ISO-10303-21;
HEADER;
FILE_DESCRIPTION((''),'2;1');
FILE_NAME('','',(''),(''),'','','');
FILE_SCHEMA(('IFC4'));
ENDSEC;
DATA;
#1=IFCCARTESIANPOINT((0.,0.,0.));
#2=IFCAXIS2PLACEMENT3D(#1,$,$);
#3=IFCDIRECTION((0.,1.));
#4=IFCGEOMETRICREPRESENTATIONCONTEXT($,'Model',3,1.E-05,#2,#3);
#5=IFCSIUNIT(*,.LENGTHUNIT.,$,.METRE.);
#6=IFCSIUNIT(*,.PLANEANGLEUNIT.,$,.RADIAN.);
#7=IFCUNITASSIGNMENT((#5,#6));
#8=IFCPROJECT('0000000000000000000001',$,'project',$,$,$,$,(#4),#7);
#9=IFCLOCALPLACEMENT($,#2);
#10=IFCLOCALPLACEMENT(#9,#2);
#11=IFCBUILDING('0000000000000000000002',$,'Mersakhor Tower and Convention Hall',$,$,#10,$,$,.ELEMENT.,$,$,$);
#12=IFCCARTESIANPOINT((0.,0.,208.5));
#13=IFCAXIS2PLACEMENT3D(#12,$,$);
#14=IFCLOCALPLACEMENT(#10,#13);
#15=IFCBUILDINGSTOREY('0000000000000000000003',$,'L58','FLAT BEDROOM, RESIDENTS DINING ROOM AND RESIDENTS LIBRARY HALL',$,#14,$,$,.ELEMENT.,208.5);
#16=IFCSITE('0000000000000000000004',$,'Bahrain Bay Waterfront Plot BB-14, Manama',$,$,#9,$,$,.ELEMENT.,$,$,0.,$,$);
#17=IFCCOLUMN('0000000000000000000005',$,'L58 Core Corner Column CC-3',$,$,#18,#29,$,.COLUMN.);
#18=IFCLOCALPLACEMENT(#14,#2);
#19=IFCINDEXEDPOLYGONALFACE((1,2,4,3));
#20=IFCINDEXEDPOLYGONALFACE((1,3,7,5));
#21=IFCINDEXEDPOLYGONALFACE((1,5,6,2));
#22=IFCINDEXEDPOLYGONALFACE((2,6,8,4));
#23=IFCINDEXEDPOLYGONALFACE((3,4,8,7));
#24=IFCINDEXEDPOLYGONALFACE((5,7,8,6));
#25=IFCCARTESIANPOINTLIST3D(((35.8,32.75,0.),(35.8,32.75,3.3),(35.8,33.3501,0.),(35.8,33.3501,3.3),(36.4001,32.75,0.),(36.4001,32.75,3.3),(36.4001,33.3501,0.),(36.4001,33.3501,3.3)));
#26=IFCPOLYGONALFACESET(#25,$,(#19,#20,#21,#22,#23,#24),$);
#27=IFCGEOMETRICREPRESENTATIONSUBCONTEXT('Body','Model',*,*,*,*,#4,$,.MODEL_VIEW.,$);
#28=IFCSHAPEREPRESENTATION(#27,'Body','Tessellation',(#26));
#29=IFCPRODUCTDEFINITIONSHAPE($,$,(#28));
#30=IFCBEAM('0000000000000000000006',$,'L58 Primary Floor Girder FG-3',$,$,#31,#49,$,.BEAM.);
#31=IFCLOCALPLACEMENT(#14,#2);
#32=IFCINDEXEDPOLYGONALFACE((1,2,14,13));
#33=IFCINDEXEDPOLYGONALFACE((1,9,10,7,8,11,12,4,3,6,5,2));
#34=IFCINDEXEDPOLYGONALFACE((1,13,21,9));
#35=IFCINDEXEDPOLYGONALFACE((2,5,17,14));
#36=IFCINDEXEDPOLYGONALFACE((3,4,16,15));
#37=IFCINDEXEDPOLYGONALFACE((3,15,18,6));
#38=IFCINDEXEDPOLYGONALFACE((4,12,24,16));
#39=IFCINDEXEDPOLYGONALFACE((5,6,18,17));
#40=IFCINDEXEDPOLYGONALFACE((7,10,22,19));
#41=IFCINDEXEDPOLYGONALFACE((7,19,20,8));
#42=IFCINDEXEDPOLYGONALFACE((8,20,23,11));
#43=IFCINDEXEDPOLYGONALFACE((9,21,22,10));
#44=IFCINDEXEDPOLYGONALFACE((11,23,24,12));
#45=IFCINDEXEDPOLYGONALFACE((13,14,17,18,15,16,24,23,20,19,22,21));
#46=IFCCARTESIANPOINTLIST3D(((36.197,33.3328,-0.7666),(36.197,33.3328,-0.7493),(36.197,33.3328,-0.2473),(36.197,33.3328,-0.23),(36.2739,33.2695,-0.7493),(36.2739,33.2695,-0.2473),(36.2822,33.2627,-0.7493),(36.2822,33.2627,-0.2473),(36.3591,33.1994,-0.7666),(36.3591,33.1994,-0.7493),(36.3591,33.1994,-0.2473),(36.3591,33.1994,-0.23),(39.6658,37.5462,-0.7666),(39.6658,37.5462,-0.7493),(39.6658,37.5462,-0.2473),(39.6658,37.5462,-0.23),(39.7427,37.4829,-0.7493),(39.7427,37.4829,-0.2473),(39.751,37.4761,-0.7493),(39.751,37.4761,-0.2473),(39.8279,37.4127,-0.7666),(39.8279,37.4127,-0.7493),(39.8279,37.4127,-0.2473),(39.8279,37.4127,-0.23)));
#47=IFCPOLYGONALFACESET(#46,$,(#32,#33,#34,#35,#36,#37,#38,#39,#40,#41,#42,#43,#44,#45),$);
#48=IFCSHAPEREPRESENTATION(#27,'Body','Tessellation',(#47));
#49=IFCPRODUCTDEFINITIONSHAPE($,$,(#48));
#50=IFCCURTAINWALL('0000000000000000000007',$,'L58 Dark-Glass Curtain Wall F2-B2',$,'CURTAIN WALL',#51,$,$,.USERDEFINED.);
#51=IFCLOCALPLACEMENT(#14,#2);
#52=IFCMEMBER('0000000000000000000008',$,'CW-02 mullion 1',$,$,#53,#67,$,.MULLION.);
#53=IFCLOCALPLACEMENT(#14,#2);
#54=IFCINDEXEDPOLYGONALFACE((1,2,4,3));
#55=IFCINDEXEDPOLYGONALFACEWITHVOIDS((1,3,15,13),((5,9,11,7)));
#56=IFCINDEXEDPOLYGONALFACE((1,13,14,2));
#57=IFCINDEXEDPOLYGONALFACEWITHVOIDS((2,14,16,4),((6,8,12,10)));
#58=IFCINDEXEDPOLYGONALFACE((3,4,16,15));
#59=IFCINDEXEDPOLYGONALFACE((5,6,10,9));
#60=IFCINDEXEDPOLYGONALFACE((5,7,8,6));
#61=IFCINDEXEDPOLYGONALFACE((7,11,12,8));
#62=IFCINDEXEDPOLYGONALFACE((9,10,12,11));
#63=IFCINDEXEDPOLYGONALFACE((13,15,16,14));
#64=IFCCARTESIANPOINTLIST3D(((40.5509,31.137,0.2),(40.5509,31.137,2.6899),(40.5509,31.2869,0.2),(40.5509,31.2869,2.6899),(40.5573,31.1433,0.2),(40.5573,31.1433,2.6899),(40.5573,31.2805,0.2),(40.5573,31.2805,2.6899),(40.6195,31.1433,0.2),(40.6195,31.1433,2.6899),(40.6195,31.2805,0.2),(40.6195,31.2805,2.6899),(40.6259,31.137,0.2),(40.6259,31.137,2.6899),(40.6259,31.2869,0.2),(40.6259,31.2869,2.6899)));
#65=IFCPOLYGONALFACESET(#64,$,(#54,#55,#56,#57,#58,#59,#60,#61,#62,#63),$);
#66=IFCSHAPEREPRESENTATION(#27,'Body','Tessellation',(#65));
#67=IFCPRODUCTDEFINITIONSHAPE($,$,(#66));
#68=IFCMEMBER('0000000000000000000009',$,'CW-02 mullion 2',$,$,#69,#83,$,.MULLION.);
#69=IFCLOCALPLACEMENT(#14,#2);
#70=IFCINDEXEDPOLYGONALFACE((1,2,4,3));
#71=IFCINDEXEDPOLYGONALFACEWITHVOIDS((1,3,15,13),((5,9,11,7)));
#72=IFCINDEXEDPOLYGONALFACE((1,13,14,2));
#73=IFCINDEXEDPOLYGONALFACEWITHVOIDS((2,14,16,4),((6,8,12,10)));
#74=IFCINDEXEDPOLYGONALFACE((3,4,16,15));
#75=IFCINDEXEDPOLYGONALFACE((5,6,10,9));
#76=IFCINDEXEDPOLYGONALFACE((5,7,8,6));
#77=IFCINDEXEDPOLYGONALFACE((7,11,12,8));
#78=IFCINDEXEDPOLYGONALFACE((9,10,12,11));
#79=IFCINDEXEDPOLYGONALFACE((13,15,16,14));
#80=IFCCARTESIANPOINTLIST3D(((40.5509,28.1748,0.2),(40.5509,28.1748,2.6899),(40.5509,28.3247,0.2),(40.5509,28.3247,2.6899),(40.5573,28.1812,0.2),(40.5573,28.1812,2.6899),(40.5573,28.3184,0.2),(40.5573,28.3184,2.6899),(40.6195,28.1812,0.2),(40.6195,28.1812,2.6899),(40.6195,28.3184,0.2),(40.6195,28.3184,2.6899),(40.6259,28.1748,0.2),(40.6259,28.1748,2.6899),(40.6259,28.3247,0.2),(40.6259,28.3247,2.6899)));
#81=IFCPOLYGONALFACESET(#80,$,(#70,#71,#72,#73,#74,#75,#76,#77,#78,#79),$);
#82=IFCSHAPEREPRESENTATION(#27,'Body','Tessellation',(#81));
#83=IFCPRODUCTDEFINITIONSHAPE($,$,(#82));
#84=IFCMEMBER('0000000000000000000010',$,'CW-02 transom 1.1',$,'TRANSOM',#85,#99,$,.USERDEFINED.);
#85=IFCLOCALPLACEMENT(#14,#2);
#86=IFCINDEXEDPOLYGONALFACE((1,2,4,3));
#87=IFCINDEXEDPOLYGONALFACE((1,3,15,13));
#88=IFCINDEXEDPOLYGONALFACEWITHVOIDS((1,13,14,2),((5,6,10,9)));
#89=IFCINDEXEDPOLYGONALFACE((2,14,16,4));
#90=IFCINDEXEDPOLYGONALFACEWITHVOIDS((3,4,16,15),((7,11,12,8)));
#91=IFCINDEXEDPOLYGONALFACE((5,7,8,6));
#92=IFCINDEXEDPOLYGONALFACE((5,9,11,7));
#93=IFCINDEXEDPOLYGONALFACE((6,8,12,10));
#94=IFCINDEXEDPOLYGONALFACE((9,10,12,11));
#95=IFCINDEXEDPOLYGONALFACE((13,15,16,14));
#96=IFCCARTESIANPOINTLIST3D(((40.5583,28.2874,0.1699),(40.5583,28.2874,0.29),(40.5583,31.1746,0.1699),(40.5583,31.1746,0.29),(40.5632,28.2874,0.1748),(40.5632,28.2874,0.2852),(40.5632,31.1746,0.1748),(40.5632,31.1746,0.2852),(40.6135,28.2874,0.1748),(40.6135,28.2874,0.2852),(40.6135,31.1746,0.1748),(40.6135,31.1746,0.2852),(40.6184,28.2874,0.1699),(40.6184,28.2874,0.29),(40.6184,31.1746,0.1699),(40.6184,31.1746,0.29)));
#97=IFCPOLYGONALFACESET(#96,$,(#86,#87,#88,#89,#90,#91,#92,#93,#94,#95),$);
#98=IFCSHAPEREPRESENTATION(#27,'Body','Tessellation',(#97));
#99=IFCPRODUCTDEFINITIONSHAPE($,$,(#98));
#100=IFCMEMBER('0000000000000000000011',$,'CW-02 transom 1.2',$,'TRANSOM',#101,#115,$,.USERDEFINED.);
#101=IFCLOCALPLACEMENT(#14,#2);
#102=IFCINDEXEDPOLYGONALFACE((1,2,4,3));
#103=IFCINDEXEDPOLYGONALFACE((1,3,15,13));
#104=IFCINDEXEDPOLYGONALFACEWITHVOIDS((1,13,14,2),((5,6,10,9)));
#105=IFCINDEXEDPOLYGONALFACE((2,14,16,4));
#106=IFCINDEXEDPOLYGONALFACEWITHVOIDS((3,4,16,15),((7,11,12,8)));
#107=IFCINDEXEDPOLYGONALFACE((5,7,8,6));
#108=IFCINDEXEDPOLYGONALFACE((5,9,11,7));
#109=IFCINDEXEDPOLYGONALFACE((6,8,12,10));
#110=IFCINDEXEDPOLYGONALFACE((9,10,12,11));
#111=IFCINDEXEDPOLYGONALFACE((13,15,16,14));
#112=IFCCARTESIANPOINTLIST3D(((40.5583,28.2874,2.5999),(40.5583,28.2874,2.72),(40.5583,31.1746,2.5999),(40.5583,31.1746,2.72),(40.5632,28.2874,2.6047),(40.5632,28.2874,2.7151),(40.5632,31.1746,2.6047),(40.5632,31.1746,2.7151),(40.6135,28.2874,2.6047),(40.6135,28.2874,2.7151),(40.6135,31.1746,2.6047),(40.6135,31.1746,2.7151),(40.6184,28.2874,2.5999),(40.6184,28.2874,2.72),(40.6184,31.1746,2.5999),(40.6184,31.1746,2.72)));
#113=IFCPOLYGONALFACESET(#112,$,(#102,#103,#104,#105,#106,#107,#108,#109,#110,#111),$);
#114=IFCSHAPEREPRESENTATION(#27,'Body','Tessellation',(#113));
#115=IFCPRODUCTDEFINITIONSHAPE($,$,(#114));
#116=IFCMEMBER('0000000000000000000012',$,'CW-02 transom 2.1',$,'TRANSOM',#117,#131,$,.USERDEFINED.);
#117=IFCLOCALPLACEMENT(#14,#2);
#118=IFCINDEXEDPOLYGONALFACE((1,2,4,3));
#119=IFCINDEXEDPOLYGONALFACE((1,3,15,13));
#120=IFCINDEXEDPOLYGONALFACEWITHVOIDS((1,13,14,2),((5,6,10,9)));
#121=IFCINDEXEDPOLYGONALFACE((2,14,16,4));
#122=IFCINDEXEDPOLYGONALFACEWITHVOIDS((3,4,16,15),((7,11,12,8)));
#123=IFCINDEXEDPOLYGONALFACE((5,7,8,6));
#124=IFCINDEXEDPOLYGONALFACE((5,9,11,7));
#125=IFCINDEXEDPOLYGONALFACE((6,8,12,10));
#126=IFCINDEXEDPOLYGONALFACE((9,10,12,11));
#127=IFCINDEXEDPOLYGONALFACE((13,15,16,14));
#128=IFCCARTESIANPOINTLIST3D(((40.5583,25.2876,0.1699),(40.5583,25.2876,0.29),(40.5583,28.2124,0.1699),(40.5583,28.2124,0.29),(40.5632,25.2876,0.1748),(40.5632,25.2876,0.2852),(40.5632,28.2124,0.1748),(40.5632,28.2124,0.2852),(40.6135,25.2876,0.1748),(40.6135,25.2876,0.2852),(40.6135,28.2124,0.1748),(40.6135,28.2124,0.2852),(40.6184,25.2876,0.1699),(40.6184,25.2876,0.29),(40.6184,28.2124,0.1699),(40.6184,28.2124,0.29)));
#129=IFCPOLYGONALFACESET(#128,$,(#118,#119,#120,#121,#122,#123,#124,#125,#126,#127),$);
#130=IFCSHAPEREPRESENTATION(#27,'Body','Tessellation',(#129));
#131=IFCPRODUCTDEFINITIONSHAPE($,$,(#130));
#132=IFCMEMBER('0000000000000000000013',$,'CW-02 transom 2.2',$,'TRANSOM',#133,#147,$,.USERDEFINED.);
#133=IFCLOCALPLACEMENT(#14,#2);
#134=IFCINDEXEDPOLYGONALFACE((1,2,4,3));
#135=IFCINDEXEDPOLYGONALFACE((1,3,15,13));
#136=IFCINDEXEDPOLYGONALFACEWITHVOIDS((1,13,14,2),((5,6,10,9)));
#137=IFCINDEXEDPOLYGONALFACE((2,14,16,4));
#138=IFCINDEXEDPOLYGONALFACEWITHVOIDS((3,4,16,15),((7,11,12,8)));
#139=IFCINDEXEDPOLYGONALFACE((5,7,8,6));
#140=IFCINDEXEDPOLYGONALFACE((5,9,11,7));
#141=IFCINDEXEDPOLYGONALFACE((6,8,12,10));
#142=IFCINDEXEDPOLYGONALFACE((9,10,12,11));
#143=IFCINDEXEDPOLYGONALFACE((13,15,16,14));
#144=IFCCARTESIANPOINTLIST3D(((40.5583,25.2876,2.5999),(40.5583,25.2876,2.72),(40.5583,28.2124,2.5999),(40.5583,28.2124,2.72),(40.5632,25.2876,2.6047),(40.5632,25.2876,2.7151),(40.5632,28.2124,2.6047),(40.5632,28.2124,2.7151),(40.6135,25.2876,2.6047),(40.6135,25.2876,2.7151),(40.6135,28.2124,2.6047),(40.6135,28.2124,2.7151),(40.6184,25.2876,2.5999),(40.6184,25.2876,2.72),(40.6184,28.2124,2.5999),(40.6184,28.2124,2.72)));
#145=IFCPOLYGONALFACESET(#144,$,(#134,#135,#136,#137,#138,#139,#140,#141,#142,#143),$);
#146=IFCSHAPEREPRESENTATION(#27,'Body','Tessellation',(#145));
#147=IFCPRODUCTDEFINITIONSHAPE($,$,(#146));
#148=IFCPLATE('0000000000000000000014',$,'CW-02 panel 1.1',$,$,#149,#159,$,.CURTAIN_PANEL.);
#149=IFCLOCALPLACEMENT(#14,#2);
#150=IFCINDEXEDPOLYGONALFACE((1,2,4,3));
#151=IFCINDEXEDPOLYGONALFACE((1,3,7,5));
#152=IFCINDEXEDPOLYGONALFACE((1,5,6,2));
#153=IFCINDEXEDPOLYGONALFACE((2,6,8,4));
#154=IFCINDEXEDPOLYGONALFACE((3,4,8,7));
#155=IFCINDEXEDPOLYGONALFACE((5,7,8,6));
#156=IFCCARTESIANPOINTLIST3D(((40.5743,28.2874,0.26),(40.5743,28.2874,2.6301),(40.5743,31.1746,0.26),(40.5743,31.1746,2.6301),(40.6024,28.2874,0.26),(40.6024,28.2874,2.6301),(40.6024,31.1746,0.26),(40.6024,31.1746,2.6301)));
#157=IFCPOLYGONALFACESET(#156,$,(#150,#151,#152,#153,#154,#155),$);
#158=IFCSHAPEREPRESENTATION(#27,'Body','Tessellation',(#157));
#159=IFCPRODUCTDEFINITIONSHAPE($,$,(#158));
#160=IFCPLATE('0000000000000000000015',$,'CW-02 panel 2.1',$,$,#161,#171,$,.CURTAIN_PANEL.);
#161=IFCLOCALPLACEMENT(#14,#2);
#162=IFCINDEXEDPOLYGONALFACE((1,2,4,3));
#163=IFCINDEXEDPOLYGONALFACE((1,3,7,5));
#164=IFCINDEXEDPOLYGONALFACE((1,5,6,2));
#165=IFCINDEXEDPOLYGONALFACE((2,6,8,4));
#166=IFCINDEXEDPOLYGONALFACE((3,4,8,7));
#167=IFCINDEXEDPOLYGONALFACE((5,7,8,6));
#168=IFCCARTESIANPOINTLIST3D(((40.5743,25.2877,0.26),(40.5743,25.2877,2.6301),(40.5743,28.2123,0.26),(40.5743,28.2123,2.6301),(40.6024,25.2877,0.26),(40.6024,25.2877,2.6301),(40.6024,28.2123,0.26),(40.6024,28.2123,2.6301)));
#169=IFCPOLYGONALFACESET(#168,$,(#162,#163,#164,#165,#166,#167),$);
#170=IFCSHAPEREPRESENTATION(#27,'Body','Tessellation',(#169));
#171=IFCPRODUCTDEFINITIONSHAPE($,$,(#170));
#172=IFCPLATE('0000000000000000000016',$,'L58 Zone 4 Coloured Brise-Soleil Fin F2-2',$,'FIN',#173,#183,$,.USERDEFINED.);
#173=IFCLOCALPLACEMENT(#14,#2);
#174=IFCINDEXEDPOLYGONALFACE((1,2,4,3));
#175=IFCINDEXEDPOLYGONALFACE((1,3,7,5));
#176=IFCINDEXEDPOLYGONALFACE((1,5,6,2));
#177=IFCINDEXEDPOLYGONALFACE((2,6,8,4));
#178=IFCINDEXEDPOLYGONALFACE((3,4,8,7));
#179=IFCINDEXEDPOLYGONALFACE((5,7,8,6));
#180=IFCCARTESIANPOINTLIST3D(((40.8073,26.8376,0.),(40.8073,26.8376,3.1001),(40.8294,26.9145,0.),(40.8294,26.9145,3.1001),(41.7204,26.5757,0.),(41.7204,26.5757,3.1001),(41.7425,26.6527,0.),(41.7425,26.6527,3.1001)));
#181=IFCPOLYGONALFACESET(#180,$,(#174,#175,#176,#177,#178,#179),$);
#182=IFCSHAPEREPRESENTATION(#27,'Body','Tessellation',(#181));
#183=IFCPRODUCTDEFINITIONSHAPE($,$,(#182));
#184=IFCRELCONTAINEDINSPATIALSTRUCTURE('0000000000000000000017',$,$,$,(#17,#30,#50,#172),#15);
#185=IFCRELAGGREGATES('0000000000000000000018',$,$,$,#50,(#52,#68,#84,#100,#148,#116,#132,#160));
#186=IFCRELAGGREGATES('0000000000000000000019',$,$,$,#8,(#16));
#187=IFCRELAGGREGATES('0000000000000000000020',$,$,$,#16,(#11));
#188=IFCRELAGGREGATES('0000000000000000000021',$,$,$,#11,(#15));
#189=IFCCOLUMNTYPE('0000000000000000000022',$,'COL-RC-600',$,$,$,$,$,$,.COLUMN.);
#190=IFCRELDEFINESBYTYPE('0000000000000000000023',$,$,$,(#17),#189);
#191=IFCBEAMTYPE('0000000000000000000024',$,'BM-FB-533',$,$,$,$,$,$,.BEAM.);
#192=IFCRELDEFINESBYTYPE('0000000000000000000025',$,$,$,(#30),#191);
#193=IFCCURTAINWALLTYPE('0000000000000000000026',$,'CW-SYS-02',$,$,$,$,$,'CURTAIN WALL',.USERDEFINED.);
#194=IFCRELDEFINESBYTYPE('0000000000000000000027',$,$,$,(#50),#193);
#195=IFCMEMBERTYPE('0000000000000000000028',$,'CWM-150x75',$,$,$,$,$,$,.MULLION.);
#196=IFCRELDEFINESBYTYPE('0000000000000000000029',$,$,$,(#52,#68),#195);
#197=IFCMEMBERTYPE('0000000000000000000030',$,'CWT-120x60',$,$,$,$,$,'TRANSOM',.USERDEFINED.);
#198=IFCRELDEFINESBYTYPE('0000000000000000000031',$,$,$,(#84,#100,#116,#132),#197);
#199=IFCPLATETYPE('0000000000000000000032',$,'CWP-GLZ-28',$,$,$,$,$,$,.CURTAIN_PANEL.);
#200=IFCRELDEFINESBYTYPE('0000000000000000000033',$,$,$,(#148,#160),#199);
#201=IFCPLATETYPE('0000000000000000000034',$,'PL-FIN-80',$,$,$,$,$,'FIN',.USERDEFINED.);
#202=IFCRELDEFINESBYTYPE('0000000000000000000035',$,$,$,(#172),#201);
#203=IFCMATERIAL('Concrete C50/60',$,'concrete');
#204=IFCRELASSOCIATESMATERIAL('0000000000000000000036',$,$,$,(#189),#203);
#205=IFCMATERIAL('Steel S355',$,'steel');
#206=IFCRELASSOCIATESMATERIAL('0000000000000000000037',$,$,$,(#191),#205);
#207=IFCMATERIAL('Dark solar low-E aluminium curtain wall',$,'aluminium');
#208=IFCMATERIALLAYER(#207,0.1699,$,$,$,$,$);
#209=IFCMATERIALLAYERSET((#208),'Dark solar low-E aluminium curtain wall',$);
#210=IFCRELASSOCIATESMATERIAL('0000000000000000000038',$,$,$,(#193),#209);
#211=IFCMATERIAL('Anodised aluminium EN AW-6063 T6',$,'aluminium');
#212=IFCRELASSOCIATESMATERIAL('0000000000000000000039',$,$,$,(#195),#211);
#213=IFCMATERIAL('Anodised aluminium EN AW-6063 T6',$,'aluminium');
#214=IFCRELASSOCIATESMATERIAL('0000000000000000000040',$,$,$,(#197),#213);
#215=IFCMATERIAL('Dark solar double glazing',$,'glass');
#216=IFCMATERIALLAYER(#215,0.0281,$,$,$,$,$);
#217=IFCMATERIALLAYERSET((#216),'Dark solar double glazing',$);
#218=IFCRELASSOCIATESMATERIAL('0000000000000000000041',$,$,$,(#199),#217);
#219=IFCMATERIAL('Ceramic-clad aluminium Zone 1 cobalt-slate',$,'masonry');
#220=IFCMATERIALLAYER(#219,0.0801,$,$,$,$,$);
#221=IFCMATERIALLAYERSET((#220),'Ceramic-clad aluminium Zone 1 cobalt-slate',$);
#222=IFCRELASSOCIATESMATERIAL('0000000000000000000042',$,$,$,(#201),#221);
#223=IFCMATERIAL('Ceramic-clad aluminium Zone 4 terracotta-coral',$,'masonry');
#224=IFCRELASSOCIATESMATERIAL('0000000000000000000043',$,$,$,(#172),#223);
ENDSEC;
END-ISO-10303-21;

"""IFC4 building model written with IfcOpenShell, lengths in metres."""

from ifc_helpers import new_model, si_unit, direction, frame, origin, origin_2d, place, context, subcontext, project, spatial, rectangle, hollow_rectangle, i_section, extrude, material, layer, layer_set, material_profile, profile_set, type_object, element, aggregate, save


model = new_model("IFC4")

# Units and contexts
model_context = context("Model", 3, precision=1e-05, world=origin(), true_north=direction((0.0, 1.0)))
body_context = subcontext(model_context, "Body", "Model", "MODEL_VIEW")
ifc_project = project(units=[si_unit("LENGTHUNIT", "METRE"), si_unit("PLANEANGLEUNIT", "RADIAN")], contexts=[model_context])

# Site, building, storey
site_placement = place(None, origin())
site = spatial("IfcSite", under=ifc_project, at=site_placement, Name="Bahrain Bay Waterfront Plot BB-14, Manama", CompositionType="ELEMENT", RefElevation=0.0)
building_placement = place(site_placement, origin())
building = spatial("IfcBuilding", under=site, at=building_placement, Name="Mersakhor Tower and Convention Hall", CompositionType="ELEMENT")
storey_placement = place(building_placement, frame((0.0, 0.0, 208.5)))
storey = spatial("IfcBuildingStorey", under=building, at=storey_placement, Name="L58", Description="FLAT BEDROOM, RESIDENTS DINING ROOM AND RESIDENTS LIBRARY HALL", CompositionType="ELEMENT", Elevation=208.5)

# Column
ifc_material_1 = material(Name="Concrete C50/60", Category="concrete")
ifc_material_profile_1 = material_profile(ifc_material_1, rectangle(XDim=0.6001, YDim=0.6001, at=origin_2d()), Name="RC 600x600")
ifc_profile_set_1 = profile_set([ifc_material_profile_1], Name="Concrete C50/60")
column_type = type_object("IfcColumnType", Name="COL-RC-600", PredefinedType="COLUMN", material=ifc_profile_set_1)
column_placement = place(storey_placement, frame((36.1001, 33.05, 0.0), z_axis=(0.0, 0.0, 1.0), x_axis=(1.0, 0.0, 0.0)))
element("IfcColumn", 1, at=column_placement, inside=storey, type_object=column_type, Name="L58 Core Corner Column CC-3", PredefinedType="COLUMN", context=body_context, shape_type="SweptSolid", body=[
    extrude(rectangle(XDim=0.6001, YDim=0.6001, at=origin_2d()), origin(), (0.0, 0.0, 1.0), 3.3),
])

# Beam
ifc_material_2 = material(Name="Steel S355", Category="steel")
ifc_material_profile_2 = material_profile(ifc_material_2, i_section(OverallWidth=0.21, OverallDepth=0.5366, WebThickness=0.0107, FlangeThickness=0.0173, at=origin_2d()), Name="UB 533x210x101")
ifc_profile_set_2 = profile_set([ifc_material_profile_2], Name="Steel S355")
beam_type = type_object("IfcBeamType", Name="BM-FB-533", PredefinedType="BEAM", material=ifc_profile_set_2)
beam_placement = place(storey_placement, frame((36.2781, 33.2661, -0.4983), z_axis=(0.635588, 0.772028, 0.0), x_axis=(-0.772028, 0.635588, 0.0)))
element("IfcBeam", 2, at=beam_placement, inside=storey, type_object=beam_type, Name="L58 Primary Floor Girder FG-3", PredefinedType="BEAM", context=body_context, shape_type="SweptSolid", body=[
    extrude(i_section(OverallWidth=0.21, OverallDepth=0.5366, WebThickness=0.0107, FlangeThickness=0.0173, at=origin_2d()), origin(), (0.0, 0.0, 1.0), 5.4575),
])

# Curtain wall, members, plates
ifc_material_3 = material(Name="Dark solar low-E aluminium curtain wall", Category="aluminium")
ifc_layer_1 = layer(ifc_material_3, 0.1699)
ifc_layer_set_1 = layer_set([ifc_layer_1], Name="Dark solar low-E aluminium curtain wall")
curtain_wall_type = type_object("IfcCurtainWallType", Name="CW-SYS-02", ElementType="CURTAIN WALL", PredefinedType="USERDEFINED", material=ifc_layer_set_1)
curtain_wall_placement = place(storey_placement, origin())
curtain_wall = element("IfcCurtainWall", 3, at=curtain_wall_placement, inside=storey, type_object=curtain_wall_type, Name="L58 Dark-Glass Curtain Wall F2-B2", ObjectType="CURTAIN WALL", PredefinedType="USERDEFINED")
ifc_material_4 = material(Name="Anodised aluminium EN AW-6063 T6", Category="aluminium")
ifc_material_profile_3 = material_profile(ifc_material_4, hollow_rectangle(XDim=0.075, YDim=0.1499, WallThickness=0.0063, at=origin_2d()), Name="RHS 150x75x6.3")
ifc_profile_set_3 = profile_set([ifc_material_profile_3], Name="Anodised aluminium EN AW-6063 T6")
member_type_1 = type_object("IfcMemberType", Name="CWM-150x75", PredefinedType="MULLION", material=ifc_profile_set_3)
member_1_placement = place(storey_placement, frame((40.5884, 31.2119, 0.2), z_axis=(0.0, 0.0, 1.0), x_axis=(1.0, 0.0, 0.0)))
member_1 = element("IfcMember", 4, at=member_1_placement, type_object=member_type_1, Name="CW-02 mullion 1", PredefinedType="MULLION", context=body_context, shape_type="SweptSolid", body=[
    extrude(hollow_rectangle(XDim=0.075, YDim=0.1499, WallThickness=0.0063, at=origin_2d()), origin(), (0.0, 0.0, 1.0), 2.49),
])
member_2_placement = place(storey_placement, frame((40.5884, 28.2498, 0.2), z_axis=(0.0, 0.0, 1.0), x_axis=(1.0, 0.0, 0.0)))
member_2 = element("IfcMember", 5, at=member_2_placement, type_object=member_type_1, Name="CW-02 mullion 2", PredefinedType="MULLION", context=body_context, shape_type="SweptSolid", body=[
    extrude(hollow_rectangle(XDim=0.075, YDim=0.1499, WallThickness=0.0063, at=origin_2d()), origin(), (0.0, 0.0, 1.0), 2.49),
])
ifc_material_5 = material(Name="Anodised aluminium EN AW-6063 T6", Category="aluminium")
ifc_material_profile_4 = material_profile(ifc_material_5, hollow_rectangle(XDim=0.0601, YDim=0.1201, WallThickness=0.0049, at=origin_2d()), Name="RHS 120x60x5")
ifc_profile_set_4 = profile_set([ifc_material_profile_4], Name="Anodised aluminium EN AW-6063 T6")
member_type_2 = type_object("IfcMemberType", Name="CWT-120x60", ElementType="TRANSOM", PredefinedType="USERDEFINED", material=ifc_profile_set_4)
member_3_placement = place(storey_placement, frame((40.5884, 31.1746, 0.23), z_axis=(0.0, -1.0, 0.0), x_axis=(1.0, 0.0, 0.0)))
member_3 = element("IfcMember", 6, at=member_3_placement, type_object=member_type_2, Name="CW-02 transom 1.1", ObjectType="TRANSOM", PredefinedType="USERDEFINED", context=body_context, shape_type="SweptSolid", body=[
    extrude(hollow_rectangle(XDim=0.0601, YDim=0.1201, WallThickness=0.0049, at=origin_2d()), origin(), (0.0, 0.0, 1.0), 2.8872),
])
member_4_placement = place(storey_placement, frame((40.5884, 31.1746, 2.6599), z_axis=(0.0, -1.0, 0.0), x_axis=(1.0, 0.0, 0.0)))
member_4 = element("IfcMember", 7, at=member_4_placement, type_object=member_type_2, Name="CW-02 transom 1.2", ObjectType="TRANSOM", PredefinedType="USERDEFINED", context=body_context, shape_type="SweptSolid", body=[
    extrude(hollow_rectangle(XDim=0.0601, YDim=0.1201, WallThickness=0.0049, at=origin_2d()), origin(), (0.0, 0.0, 1.0), 2.8872),
])
member_5_placement = place(storey_placement, frame((40.5884, 28.2124, 0.23), z_axis=(0.0, -1.0, 0.0), x_axis=(1.0, 0.0, 0.0)))
member_5 = element("IfcMember", 8, at=member_5_placement, type_object=member_type_2, Name="CW-02 transom 2.1", ObjectType="TRANSOM", PredefinedType="USERDEFINED", context=body_context, shape_type="SweptSolid", body=[
    extrude(hollow_rectangle(XDim=0.0601, YDim=0.1201, WallThickness=0.0049, at=origin_2d()), origin(), (0.0, 0.0, 1.0), 2.9248),
])
member_6_placement = place(storey_placement, frame((40.5884, 28.2124, 2.6599), z_axis=(0.0, -1.0, 0.0), x_axis=(1.0, 0.0, 0.0)))
member_6 = element("IfcMember", 9, at=member_6_placement, type_object=member_type_2, Name="CW-02 transom 2.2", ObjectType="TRANSOM", PredefinedType="USERDEFINED", context=body_context, shape_type="SweptSolid", body=[
    extrude(hollow_rectangle(XDim=0.0601, YDim=0.1201, WallThickness=0.0049, at=origin_2d()), origin(), (0.0, 0.0, 1.0), 2.9248),
])
ifc_material_6 = material(Name="Dark solar double glazing", Category="glass")
ifc_layer_2 = layer(ifc_material_6, 0.0281)
ifc_layer_set_2 = layer_set([ifc_layer_2], Name="Dark solar double glazing")
plate_type_1 = type_object("IfcPlateType", Name="CWP-GLZ-28", PredefinedType="CURTAIN_PANEL", material=ifc_layer_set_2)
plate_1_placement = place(storey_placement, frame((40.5884, 29.731, 0.26), z_axis=(0.0, 0.0, 1.0), x_axis=(0.0, -1.0, 0.0)))
plate_1 = element("IfcPlate", 10, at=plate_1_placement, type_object=plate_type_1, Name="CW-02 panel 1.1", PredefinedType="CURTAIN_PANEL", context=body_context, shape_type="SweptSolid", body=[
    extrude(rectangle(XDim=2.8872, YDim=0.0281, at=origin_2d()), origin(), (0.0, 0.0, 1.0), 2.3701),
])
plate_2_placement = place(storey_placement, frame((40.5884, 26.75, 0.26), z_axis=(0.0, 0.0, 1.0), x_axis=(0.0, -1.0, 0.0)))
plate_2 = element("IfcPlate", 11, at=plate_2_placement, type_object=plate_type_1, Name="CW-02 panel 2.1", PredefinedType="CURTAIN_PANEL", context=body_context, shape_type="SweptSolid", body=[
    extrude(rectangle(XDim=2.9246, YDim=0.0281, at=origin_2d()), origin(), (0.0, 0.0, 1.0), 2.3701),
])
aggregate(curtain_wall, [member_1, member_2, member_3, member_4, plate_1, member_5, member_6, plate_2])

# Plate
ifc_material_7 = material(Name="Ceramic-clad aluminium Zone 4 terracotta-coral", Category="masonry")
ifc_material_8 = material(Name="Ceramic-clad aluminium Zone 1 cobalt-slate", Category="masonry")
ifc_layer_3 = layer(ifc_material_8, 0.0801)
ifc_layer_set_3 = layer_set([ifc_layer_3], Name="Ceramic-clad aluminium Zone 1 cobalt-slate")
plate_type_2 = type_object("IfcPlateType", Name="PL-FIN-80", ElementType="FIN", PredefinedType="USERDEFINED", material=ifc_layer_set_3)
plate_3_placement = place(storey_placement, frame((41.2749, 26.7451, 0.0), z_axis=(0.0, 0.0, 1.0), x_axis=(0.961262, -0.275637, 0.0)))
element("IfcPlate", 12, at=plate_3_placement, inside=storey, type_object=plate_type_2, material=ifc_material_7, Name="L58 Zone 4 Coloured Brise-Soleil Fin F2-2", ObjectType="FIN", PredefinedType="USERDEFINED", context=body_context, shape_type="SweptSolid", body=[
    extrude(rectangle(XDim=0.95, YDim=0.0801, at=origin_2d()), origin(), (0.0, 0.0, 1.0), 3.1001),
])

save(model, "model.ifc")
